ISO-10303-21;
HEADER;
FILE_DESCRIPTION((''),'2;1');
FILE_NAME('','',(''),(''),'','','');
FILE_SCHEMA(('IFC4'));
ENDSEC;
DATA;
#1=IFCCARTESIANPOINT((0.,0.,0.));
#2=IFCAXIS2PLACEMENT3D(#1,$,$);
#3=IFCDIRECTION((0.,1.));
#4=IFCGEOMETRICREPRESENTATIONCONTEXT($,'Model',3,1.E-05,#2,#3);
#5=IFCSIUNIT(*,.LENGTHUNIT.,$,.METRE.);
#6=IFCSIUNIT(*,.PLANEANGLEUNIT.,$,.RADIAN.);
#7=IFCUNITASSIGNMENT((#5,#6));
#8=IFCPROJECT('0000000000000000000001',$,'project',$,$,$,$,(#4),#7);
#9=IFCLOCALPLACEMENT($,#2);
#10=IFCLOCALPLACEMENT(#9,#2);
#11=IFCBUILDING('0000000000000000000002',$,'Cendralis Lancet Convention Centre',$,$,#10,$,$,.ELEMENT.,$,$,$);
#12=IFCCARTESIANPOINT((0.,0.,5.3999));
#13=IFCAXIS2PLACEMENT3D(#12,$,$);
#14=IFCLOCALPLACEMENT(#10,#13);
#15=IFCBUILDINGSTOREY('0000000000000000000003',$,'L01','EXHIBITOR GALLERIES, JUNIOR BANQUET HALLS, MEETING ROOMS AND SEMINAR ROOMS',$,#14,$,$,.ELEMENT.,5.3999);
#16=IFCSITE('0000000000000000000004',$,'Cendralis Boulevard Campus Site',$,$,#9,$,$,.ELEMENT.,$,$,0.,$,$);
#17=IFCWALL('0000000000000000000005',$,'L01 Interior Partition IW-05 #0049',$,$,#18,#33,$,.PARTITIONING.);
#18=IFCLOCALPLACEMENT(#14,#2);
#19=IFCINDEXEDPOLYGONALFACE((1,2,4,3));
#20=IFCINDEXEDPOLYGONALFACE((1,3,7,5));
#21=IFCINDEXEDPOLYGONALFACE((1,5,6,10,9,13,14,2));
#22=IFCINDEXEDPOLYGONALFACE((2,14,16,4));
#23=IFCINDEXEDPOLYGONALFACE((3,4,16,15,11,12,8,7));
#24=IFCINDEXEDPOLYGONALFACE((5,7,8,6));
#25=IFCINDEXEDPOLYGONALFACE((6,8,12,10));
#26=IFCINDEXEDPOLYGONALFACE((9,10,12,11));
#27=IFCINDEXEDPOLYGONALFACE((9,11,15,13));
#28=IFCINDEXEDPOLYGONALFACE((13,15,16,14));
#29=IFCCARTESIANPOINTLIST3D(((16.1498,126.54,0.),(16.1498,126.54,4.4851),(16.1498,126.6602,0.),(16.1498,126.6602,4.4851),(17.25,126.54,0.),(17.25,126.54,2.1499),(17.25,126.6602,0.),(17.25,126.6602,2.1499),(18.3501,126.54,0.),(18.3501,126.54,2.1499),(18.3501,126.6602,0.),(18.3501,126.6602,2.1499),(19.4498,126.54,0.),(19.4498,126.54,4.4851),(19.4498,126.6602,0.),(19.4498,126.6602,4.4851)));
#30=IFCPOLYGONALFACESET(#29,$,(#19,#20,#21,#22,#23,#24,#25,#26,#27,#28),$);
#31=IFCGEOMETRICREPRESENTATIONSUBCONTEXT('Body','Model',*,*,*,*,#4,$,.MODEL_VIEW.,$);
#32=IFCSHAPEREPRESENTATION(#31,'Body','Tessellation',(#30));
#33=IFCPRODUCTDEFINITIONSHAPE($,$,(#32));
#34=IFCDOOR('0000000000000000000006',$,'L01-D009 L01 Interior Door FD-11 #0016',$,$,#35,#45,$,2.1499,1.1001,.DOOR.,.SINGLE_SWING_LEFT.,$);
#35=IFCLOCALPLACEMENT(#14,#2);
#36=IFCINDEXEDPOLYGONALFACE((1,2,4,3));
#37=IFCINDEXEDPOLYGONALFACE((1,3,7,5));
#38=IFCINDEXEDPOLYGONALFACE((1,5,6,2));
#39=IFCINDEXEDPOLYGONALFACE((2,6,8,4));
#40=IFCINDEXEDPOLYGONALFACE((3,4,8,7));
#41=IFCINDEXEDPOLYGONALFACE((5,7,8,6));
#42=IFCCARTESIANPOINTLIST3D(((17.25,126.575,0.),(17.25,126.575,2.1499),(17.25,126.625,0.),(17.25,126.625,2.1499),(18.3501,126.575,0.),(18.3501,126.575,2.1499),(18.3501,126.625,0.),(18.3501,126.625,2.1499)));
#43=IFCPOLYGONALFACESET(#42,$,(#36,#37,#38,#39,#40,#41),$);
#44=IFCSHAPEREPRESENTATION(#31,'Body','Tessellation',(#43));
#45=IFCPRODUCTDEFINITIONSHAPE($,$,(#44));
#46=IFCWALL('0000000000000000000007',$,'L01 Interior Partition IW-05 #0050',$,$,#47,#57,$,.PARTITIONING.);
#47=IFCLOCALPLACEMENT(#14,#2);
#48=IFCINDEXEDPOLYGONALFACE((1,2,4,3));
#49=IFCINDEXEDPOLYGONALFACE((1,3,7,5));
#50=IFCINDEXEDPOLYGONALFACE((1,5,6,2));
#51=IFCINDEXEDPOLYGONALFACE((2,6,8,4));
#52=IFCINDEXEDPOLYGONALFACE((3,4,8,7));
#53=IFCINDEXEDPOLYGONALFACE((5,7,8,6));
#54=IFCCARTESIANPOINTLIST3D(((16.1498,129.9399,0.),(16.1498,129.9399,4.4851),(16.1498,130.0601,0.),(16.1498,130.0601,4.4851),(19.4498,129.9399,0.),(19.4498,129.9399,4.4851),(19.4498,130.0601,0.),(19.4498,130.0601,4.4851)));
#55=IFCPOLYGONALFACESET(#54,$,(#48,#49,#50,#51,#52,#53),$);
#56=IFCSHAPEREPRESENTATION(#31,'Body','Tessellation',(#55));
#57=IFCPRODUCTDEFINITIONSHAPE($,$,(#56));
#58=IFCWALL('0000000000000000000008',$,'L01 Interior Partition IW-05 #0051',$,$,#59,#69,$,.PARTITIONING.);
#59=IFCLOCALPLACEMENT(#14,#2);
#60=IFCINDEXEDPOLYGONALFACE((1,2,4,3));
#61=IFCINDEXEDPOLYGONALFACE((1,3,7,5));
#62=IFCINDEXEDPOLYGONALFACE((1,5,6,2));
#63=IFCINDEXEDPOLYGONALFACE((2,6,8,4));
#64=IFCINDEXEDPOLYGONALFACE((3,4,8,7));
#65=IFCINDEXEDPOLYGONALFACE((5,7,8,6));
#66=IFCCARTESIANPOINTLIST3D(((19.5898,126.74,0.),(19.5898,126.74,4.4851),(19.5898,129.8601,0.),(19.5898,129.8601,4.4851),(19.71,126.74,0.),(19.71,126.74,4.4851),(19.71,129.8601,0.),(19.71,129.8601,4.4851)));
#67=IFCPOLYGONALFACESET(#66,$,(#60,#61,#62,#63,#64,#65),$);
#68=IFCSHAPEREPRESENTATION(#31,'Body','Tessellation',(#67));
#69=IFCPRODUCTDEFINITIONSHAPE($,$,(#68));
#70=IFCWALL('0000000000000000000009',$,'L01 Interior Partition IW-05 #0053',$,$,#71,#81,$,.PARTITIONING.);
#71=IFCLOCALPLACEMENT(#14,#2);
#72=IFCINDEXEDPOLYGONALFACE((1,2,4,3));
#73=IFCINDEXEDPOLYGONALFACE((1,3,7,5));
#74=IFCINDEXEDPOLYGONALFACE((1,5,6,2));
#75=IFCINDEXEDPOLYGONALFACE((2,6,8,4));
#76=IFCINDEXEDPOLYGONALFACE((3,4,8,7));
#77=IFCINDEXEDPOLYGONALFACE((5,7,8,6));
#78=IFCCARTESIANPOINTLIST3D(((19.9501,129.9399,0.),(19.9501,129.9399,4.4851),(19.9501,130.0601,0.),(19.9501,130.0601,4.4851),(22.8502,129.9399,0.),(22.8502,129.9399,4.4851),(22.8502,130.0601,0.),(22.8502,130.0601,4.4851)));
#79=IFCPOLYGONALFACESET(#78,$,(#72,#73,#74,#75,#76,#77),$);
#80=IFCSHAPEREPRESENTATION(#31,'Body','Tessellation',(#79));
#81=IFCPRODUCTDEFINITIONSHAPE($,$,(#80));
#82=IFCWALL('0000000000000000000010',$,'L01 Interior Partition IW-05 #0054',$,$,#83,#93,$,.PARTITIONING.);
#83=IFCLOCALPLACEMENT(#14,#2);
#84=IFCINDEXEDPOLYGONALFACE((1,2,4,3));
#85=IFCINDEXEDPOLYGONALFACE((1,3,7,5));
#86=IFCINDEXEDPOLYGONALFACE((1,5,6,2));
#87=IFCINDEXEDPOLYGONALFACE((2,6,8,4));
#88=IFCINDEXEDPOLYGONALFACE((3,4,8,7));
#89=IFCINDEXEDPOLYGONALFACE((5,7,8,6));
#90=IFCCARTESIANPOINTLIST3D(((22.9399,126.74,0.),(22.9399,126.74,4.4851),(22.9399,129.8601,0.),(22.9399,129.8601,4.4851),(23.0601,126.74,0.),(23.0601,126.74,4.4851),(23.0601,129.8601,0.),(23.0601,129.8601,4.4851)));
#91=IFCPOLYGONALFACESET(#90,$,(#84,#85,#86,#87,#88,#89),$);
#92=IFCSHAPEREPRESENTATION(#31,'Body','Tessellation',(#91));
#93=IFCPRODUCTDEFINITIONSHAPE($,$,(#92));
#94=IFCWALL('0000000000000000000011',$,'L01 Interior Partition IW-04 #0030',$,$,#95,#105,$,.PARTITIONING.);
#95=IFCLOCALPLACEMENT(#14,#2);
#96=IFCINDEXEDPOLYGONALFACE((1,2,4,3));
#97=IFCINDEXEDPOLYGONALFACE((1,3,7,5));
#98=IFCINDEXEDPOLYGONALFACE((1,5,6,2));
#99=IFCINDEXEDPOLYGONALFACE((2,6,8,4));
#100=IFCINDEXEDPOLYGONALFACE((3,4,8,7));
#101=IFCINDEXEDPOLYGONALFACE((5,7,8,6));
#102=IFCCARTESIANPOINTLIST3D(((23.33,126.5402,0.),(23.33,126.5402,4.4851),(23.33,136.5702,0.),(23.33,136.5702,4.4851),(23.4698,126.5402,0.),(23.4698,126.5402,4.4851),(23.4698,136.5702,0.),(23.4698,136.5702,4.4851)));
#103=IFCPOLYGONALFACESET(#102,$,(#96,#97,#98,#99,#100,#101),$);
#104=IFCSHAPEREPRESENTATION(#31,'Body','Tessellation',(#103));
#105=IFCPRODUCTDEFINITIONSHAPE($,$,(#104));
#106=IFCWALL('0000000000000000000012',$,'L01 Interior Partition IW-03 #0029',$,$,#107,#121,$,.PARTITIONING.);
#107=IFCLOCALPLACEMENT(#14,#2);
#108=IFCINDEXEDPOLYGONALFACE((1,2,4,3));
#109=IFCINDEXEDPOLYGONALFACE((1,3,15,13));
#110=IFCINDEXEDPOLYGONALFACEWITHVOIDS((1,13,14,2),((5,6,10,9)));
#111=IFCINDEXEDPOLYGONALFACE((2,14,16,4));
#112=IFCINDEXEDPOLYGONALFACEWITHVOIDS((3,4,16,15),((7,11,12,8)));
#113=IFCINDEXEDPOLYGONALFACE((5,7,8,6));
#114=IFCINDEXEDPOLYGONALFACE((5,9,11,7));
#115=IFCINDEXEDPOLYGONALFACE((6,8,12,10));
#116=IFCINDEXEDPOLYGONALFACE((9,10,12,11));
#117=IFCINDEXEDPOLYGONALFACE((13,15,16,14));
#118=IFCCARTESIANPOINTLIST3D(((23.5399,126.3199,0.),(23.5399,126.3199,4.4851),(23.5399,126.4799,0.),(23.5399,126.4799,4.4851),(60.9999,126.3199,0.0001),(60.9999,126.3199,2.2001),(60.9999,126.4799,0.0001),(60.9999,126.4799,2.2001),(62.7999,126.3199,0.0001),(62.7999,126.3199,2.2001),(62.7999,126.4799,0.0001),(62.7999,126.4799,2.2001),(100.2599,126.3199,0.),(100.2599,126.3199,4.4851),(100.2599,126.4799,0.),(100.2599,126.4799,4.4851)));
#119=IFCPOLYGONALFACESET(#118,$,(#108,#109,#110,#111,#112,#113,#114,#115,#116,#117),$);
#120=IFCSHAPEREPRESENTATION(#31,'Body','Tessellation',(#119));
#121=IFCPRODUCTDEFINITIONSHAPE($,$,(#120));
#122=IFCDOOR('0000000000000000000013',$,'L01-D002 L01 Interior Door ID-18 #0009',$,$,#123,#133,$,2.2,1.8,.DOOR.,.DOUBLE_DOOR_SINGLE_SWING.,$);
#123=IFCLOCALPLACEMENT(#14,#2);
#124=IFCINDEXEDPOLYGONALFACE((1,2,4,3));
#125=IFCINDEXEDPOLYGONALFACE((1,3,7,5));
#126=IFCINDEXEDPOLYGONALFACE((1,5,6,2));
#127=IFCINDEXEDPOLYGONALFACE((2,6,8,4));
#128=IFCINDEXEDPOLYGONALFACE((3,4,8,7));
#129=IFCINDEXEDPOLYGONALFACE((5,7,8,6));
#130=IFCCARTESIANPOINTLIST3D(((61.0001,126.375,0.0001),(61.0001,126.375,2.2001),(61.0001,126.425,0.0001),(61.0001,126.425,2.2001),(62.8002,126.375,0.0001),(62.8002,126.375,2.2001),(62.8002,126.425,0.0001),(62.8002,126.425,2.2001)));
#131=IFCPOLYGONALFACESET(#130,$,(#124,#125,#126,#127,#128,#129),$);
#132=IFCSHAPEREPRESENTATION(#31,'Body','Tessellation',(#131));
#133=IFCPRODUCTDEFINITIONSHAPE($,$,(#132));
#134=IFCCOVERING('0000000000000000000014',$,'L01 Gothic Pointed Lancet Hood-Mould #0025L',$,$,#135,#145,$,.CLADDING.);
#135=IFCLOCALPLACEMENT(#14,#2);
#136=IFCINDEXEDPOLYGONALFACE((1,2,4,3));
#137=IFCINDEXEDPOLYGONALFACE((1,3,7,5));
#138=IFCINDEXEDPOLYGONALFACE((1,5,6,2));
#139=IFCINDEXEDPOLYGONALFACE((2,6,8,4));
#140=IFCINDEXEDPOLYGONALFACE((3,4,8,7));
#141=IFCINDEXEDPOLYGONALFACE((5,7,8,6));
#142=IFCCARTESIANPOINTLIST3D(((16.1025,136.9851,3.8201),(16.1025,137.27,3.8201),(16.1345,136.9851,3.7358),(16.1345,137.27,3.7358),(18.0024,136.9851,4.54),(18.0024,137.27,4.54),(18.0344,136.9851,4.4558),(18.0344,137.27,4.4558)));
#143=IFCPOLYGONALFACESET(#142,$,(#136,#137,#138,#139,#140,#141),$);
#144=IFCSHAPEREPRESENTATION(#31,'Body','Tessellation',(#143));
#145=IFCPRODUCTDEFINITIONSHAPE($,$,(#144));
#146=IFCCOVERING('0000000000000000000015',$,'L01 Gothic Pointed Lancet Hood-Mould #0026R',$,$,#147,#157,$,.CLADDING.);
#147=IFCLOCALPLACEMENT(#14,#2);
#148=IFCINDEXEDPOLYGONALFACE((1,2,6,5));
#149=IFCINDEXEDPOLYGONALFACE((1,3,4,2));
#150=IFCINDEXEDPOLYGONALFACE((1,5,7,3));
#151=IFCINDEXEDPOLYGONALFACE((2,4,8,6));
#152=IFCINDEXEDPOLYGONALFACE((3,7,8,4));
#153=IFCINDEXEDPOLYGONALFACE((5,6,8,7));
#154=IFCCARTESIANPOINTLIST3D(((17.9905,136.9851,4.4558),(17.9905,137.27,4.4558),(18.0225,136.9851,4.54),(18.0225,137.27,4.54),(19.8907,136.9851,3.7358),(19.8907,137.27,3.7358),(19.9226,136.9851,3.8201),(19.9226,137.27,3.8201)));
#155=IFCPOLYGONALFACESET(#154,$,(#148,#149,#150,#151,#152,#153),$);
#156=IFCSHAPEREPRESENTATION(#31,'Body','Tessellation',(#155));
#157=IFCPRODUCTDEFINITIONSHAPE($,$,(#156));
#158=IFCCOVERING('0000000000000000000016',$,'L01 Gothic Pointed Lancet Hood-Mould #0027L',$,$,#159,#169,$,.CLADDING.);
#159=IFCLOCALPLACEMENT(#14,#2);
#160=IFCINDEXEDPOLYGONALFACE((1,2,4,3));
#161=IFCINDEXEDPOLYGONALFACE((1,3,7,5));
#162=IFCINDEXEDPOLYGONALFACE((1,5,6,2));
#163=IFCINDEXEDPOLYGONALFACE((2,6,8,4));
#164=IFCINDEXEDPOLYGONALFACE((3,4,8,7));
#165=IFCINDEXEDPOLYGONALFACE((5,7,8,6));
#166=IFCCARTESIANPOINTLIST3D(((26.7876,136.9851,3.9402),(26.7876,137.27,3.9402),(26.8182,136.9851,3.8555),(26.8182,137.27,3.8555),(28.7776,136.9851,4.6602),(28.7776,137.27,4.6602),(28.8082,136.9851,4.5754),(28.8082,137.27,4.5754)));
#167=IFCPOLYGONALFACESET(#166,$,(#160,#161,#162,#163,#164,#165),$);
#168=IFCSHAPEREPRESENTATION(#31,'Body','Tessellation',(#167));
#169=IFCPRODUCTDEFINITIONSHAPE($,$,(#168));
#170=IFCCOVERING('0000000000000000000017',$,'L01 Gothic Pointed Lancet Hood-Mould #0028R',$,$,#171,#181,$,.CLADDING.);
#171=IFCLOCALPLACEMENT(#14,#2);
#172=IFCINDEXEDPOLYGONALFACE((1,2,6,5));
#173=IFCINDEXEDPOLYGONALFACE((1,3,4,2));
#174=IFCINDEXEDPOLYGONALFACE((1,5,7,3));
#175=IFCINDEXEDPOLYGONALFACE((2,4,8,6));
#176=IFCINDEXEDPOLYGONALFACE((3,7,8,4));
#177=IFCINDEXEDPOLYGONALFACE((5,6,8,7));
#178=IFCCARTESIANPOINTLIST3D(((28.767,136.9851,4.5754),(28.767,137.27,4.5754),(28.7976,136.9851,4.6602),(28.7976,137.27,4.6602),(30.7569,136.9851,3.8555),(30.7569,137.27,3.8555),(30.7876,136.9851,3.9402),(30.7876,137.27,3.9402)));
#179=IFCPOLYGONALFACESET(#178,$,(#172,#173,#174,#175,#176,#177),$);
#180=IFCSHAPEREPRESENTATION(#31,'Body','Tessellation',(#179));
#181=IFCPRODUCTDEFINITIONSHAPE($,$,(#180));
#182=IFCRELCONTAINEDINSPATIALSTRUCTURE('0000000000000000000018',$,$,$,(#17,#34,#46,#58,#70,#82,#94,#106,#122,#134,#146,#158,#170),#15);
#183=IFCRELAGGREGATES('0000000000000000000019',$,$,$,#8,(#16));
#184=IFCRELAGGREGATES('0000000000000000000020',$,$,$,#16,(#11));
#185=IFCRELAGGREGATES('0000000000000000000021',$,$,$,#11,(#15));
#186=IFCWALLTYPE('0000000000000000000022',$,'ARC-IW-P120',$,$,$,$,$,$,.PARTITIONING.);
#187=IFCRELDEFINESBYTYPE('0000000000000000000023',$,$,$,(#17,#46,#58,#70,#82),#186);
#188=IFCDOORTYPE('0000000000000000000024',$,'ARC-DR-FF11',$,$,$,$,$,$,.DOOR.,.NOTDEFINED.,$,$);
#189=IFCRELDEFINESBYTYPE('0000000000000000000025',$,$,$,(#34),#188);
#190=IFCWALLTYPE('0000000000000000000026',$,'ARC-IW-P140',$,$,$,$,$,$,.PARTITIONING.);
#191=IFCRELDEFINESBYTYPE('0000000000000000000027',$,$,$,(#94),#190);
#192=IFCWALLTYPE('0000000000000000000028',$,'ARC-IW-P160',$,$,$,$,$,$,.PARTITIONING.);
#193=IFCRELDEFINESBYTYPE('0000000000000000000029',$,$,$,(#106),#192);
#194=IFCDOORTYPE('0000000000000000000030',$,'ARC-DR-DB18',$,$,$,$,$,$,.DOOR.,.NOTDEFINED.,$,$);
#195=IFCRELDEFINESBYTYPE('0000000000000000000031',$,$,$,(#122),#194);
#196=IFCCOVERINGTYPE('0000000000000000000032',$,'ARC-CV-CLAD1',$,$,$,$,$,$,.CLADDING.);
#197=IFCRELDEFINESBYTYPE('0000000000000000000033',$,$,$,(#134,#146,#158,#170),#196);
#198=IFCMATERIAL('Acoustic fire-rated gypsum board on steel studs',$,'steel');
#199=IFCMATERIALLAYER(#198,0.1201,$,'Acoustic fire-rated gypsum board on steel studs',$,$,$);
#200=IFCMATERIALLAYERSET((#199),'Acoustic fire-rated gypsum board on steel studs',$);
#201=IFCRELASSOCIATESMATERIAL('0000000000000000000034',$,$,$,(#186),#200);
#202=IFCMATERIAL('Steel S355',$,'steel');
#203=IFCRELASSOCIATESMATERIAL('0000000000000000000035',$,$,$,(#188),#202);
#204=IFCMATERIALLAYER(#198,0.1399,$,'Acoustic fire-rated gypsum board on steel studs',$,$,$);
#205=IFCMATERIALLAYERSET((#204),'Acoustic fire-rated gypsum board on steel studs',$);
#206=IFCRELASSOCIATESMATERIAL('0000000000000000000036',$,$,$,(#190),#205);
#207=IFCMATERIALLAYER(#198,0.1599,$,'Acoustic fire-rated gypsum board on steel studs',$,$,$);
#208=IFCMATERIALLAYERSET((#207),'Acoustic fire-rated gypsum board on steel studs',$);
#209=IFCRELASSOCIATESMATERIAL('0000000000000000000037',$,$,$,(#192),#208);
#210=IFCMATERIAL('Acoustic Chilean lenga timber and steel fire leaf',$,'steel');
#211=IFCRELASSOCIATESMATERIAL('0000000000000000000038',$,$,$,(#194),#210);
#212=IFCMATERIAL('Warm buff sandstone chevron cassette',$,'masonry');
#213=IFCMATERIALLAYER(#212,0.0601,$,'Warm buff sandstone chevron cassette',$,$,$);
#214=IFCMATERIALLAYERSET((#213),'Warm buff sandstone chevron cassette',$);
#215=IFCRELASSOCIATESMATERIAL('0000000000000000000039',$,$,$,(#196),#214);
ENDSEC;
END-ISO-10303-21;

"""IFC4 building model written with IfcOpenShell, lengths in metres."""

from ifc_helpers import new_model, si_unit, direction, frame, frame_2d, origin, place, context, subcontext, project, spatial, polyline, rectangle, outline, extrude, material, layer, layer_set, type_object, element, fill, save


model = new_model("IFC4")

# Units and contexts
model_context = context("Model", 3, precision=1e-05, world=origin(), true_north=direction((0.0, 1.0)))
body_context = subcontext(model_context, "Body", "Model", "MODEL_VIEW")
ifc_project = project(units=[si_unit("LENGTHUNIT", "METRE"), si_unit("PLANEANGLEUNIT", "RADIAN")], contexts=[model_context])

# Site, building, storey
site_placement = place(None, origin())
site = spatial("IfcSite", under=ifc_project, at=site_placement, Name="Cendralis Boulevard Campus Site", CompositionType="ELEMENT", RefElevation=0.0)
building_placement = place(site_placement, origin())
building = spatial("IfcBuilding", under=site, at=building_placement, Name="Cendralis Lancet Convention Centre", CompositionType="ELEMENT")
storey_placement = place(building_placement, frame((0.0, 0.0, 5.3999)))
storey = spatial("IfcBuildingStorey", under=building, at=storey_placement, Name="L01", Description="EXHIBITOR GALLERIES, JUNIOR BANQUET HALLS, MEETING ROOMS AND SEMINAR ROOMS", CompositionType="ELEMENT", Elevation=5.3999)

# Shared definitions
ifc_material_1 = material(Name="Steel S355", Category="steel")

# Shared definitions
ifc_material_2 = material(Name="Acoustic fire-rated gypsum board on steel studs", Category="steel")
ifc_layer_1 = layer(ifc_material_2, 0.1201, Name="Acoustic fire-rated gypsum board on steel studs")
ifc_layer_set_1 = layer_set([ifc_layer_1], Name="Acoustic fire-rated gypsum board on steel studs")
wall_type_1 = type_object("IfcWallType", Name="ARC-IW-P120", PredefinedType="PARTITIONING", material=ifc_layer_set_1)

# Wall, opening, door
wall_1_placement = place(storey_placement, frame((16.1499, 126.6001, 0.0), z_axis=(0.0, 0.0, 1.0), x_axis=(1.0, 0.0, 0.0)))
wall_1 = element("IfcWall", 1, at=wall_1_placement, inside=storey, type_object=wall_type_1, Name="L01 Interior Partition IW-05 #0049", PredefinedType="PARTITIONING", context=body_context, shape_type="SweptSolid", body=[
    extrude(rectangle(XDim=3.3, YDim=0.1201, at=frame_2d((1.6499, 0.0))), origin(), (0.0, 0.0, 1.0), 4.4851),
])
opening_1_placement = place(wall_1_placement, frame((1.1001, 0.0, 0.0)))
opening_1 = element("IfcOpeningElement", 2, at=opening_1_placement, cuts=wall_1, PredefinedType="OPENING", context=body_context, shape_type="SweptSolid", body=[
    extrude(rectangle(XDim=1.1001, YDim=2.1499, at=frame_2d((0.55, 1.075))), frame((0.0, 0.0701, 0.0), z_axis=(0.0, -1.0, 0.0), x_axis=(1.0, 0.0, 0.0)), (0.0, 0.0, 1.0), 0.1401),
])
door_type_1 = type_object("IfcDoorType", Name="ARC-DR-FF11", OperationType="NOTDEFINED", PredefinedType="DOOR", material=ifc_material_1)
door_1_placement = place(opening_1_placement, origin())
door_1 = element("IfcDoor", 3, at=door_1_placement, inside=storey, type_object=door_type_1, Name="L01-D009 L01 Interior Door FD-11 #0016", OperationType="SINGLE_SWING_LEFT", OverallHeight=2.1499, OverallWidth=1.1001, PredefinedType="DOOR", context=body_context, shape_type="SweptSolid", body=[
    extrude(rectangle(XDim=1.1001, YDim=2.1499, at=frame_2d((0.55, 1.075))), frame((0.0, 0.0249, 0.0), z_axis=(0.0, -1.0, 0.0), x_axis=(1.0, 0.0, 0.0)), (0.0, 0.0, 1.0), 0.05),
])
fill(opening_1, door_1)

# Walls
wall_2_placement = place(storey_placement, frame((16.1499, 130.0, 0.0), z_axis=(0.0, 0.0, 1.0), x_axis=(1.0, 0.0, 0.0)))
element("IfcWall", 4, at=wall_2_placement, inside=storey, type_object=wall_type_1, Name="L01 Interior Partition IW-05 #0050", PredefinedType="PARTITIONING", context=body_context, shape_type="SweptSolid", body=[
    extrude(rectangle(XDim=3.3, YDim=0.1201, at=frame_2d((1.6499, 0.0))), origin(), (0.0, 0.0, 1.0), 4.4851),
])
wall_3_placement = place(storey_placement, frame((19.6499, 126.74, 0.0), z_axis=(0.0, 0.0, 1.0), x_axis=(0.0, 1.0, 0.0)))
element("IfcWall", 5, at=wall_3_placement, inside=storey, type_object=wall_type_1, Name="L01 Interior Partition IW-05 #0051", PredefinedType="PARTITIONING", context=body_context, shape_type="SweptSolid", body=[
    extrude(rectangle(XDim=3.1201, YDim=0.1201, at=frame_2d((1.5601, 0.0))), origin(), (0.0, 0.0, 1.0), 4.4851),
])

# Walls
wall_4_placement = place(storey_placement, frame((19.95, 130.0, 0.0), z_axis=(0.0, 0.0, 1.0), x_axis=(1.0, 0.0, 0.0)))
element("IfcWall", 6, at=wall_4_placement, inside=storey, type_object=wall_type_1, Name="L01 Interior Partition IW-05 #0053", PredefinedType="PARTITIONING", context=body_context, shape_type="SweptSolid", body=[
    extrude(rectangle(XDim=2.9001, YDim=0.1201, at=frame_2d((1.4502, 0.0))), origin(), (0.0, 0.0, 1.0), 4.4851),
])
wall_5_placement = place(storey_placement, frame((23.0, 126.74, 0.0), z_axis=(0.0, 0.0, 1.0), x_axis=(0.0, 1.0, 0.0)))
element("IfcWall", 7, at=wall_5_placement, inside=storey, type_object=wall_type_1, Name="L01 Interior Partition IW-05 #0054", PredefinedType="PARTITIONING", context=body_context, shape_type="SweptSolid", body=[
    extrude(rectangle(XDim=3.1201, YDim=0.1201, at=frame_2d((1.5601, 0.0))), origin(), (0.0, 0.0, 1.0), 4.4851),
])
ifc_layer_2 = layer(ifc_material_2, 0.1399, Name="Acoustic fire-rated gypsum board on steel studs")
ifc_layer_set_2 = layer_set([ifc_layer_2], Name="Acoustic fire-rated gypsum board on steel studs")
wall_type_2 = type_object("IfcWallType", Name="ARC-IW-P140", PredefinedType="PARTITIONING", material=ifc_layer_set_2)
wall_6_placement = place(storey_placement, frame((23.3999, 126.54, 0.0), z_axis=(0.0, 0.0, 1.0), x_axis=(0.0, 1.0, 0.0)))
element("IfcWall", 8, at=wall_6_placement, inside=storey, type_object=wall_type_2, Name="L01 Interior Partition IW-04 #0030", PredefinedType="PARTITIONING", context=body_context, shape_type="SweptSolid", body=[
    extrude(rectangle(XDim=10.03, YDim=0.1399, at=frame_2d((5.0151, 0.0))), origin(), (0.0, 0.0, 1.0), 4.4851),
])

# Wall, opening, door
ifc_layer_3 = layer(ifc_material_2, 0.1599, Name="Acoustic fire-rated gypsum board on steel studs")
ifc_layer_set_3 = layer_set([ifc_layer_3], Name="Acoustic fire-rated gypsum board on steel studs")
wall_type_3 = type_object("IfcWallType", Name="ARC-IW-P160", PredefinedType="PARTITIONING", material=ifc_layer_set_3)
wall_7_placement = place(storey_placement, frame((23.54, 126.3999, 0.0), z_axis=(0.0, 0.0, 1.0), x_axis=(1.0, 0.0, 0.0)))
wall_7 = element("IfcWall", 9, at=wall_7_placement, inside=storey, type_object=wall_type_3, Name="L01 Interior Partition IW-03 #0029", PredefinedType="PARTITIONING", context=body_context, shape_type="SweptSolid", body=[
    extrude(rectangle(XDim=76.72, YDim=0.1599, at=frame_2d((38.3599, 0.0))), origin(), (0.0, 0.0, 1.0), 4.4851),
])
opening_2_placement = place(wall_7_placement, frame((37.46, 0.0, 0.0)))
opening_2 = element("IfcOpeningElement", 10, at=opening_2_placement, cuts=wall_7, PredefinedType="OPENING", context=body_context, shape_type="SweptSolid", body=[
    extrude(rectangle(XDim=1.8, YDim=2.2, at=frame_2d((0.8999, 1.1001))), frame((0.0, 0.0898, 0.0), z_axis=(0.0, -1.0, 0.0), x_axis=(1.0, 0.0, 0.0)), (0.0, 0.0, 1.0), 0.1799),
])
ifc_material_3 = material(Name="Acoustic Chilean lenga timber and steel fire leaf", Category="steel")
door_type_2 = type_object("IfcDoorType", Name="ARC-DR-DB18", OperationType="NOTDEFINED", PredefinedType="DOOR", material=ifc_material_3)
door_2_placement = place(opening_2_placement, frame((1.8, 0.0, 0.0), z_axis=(0.0, 0.0, 1.0), x_axis=(-1.0, 0.0, 0.0)))
door_2 = element("IfcDoor", 11, at=door_2_placement, inside=storey, type_object=door_type_2, Name="L01-D002 L01 Interior Door ID-18 #0009", OperationType="DOUBLE_DOOR_SINGLE_SWING", OverallHeight=2.2, OverallWidth=1.8, PredefinedType="DOOR", context=body_context, shape_type="SweptSolid", body=[
    extrude(rectangle(XDim=1.8, YDim=2.2, at=frame_2d((0.8999, 1.1001))), frame((0.0, 0.0249, 0.0), z_axis=(0.0, -1.0, 0.0), x_axis=(1.0, 0.0, 0.0)), (0.0, 0.0, 1.0), 0.05),
])
fill(opening_2, door_2)

# Coverings
ifc_material_4 = material(Name="Warm buff sandstone chevron cassette", Category="masonry")
ifc_layer_4 = layer(ifc_material_4, 0.0601, Name="Warm buff sandstone chevron cassette")
ifc_layer_set_4 = layer_set([ifc_layer_4], Name="Warm buff sandstone chevron cassette")
covering_type = type_object("IfcCoveringType", Name="ARC-CV-CLAD1", PredefinedType="CLADDING", material=ifc_layer_set_4)
covering_1_placement = place(storey_placement, frame((16.1025, 137.27, 3.8201), z_axis=(-0.354361, 0.0, 0.935109), x_axis=(0.0, -1.0, 0.0)))
element("IfcCovering", 12, at=covering_1_placement, inside=storey, type_object=covering_type, Name="L01 Gothic Pointed Lancet Hood-Mould #0025L", PredefinedType="CLADDING", context=body_context, shape_type="SweptSolid", body=[
    extrude(outline(polyline([(0.0, 0.0), (0.2849, 0.0), (0.2849, 2.0317), (0.0, 2.0317), (0.0, 0.0)])), origin(), (0.0, 0.0, -1.0), 0.0901),
])
covering_2_placement = place(storey_placement, frame((18.0225, 137.27, 4.54), z_axis=(0.354321, 0.0, 0.935124), x_axis=(0.0, -1.0, 0.0)))
element("IfcCovering", 13, at=covering_2_placement, inside=storey, type_object=covering_type, Name="L01 Gothic Pointed Lancet Hood-Mould #0026R", PredefinedType="CLADDING", context=body_context, shape_type="SweptSolid", body=[
    extrude(outline(polyline([(0.0, 0.0), (0.2849, 0.0), (0.2849, 2.032), (0.0, 2.032), (0.0, 0.0)])), origin(), (0.0, 0.0, -1.0), 0.0901),
])
for number, where, z_axis, x_axis, name in (
    (14, (26.7876, 137.27, 3.9402), (-0.340214, 0.0, 0.940348), (0.0, -1.0, 0.0), "L01 Gothic Pointed Lancet Hood-Mould #0027L"),
    (15, (28.7976, 137.27, 4.6602), (0.340214, 0.0, 0.940348), (0.0, -1.0, 0.0), "L01 Gothic Pointed Lancet Hood-Mould #0028R"),
):
    element("IfcCovering", number, at=place(storey_placement, frame(where, z_axis=z_axis, x_axis=x_axis)), inside=storey, type_object=covering_type, Name=name, PredefinedType="CLADDING", context=body_context, shape_type="SweptSolid", body=[
        extrude(outline(polyline([(0.0, 0.0), (0.2849, 0.0), (0.2849, 2.1162), (0.0, 2.1162), (0.0, 0.0)])), origin(), (0.0, 0.0, -1.0), 0.0901),
    ])

save(model, "model.ifc")
